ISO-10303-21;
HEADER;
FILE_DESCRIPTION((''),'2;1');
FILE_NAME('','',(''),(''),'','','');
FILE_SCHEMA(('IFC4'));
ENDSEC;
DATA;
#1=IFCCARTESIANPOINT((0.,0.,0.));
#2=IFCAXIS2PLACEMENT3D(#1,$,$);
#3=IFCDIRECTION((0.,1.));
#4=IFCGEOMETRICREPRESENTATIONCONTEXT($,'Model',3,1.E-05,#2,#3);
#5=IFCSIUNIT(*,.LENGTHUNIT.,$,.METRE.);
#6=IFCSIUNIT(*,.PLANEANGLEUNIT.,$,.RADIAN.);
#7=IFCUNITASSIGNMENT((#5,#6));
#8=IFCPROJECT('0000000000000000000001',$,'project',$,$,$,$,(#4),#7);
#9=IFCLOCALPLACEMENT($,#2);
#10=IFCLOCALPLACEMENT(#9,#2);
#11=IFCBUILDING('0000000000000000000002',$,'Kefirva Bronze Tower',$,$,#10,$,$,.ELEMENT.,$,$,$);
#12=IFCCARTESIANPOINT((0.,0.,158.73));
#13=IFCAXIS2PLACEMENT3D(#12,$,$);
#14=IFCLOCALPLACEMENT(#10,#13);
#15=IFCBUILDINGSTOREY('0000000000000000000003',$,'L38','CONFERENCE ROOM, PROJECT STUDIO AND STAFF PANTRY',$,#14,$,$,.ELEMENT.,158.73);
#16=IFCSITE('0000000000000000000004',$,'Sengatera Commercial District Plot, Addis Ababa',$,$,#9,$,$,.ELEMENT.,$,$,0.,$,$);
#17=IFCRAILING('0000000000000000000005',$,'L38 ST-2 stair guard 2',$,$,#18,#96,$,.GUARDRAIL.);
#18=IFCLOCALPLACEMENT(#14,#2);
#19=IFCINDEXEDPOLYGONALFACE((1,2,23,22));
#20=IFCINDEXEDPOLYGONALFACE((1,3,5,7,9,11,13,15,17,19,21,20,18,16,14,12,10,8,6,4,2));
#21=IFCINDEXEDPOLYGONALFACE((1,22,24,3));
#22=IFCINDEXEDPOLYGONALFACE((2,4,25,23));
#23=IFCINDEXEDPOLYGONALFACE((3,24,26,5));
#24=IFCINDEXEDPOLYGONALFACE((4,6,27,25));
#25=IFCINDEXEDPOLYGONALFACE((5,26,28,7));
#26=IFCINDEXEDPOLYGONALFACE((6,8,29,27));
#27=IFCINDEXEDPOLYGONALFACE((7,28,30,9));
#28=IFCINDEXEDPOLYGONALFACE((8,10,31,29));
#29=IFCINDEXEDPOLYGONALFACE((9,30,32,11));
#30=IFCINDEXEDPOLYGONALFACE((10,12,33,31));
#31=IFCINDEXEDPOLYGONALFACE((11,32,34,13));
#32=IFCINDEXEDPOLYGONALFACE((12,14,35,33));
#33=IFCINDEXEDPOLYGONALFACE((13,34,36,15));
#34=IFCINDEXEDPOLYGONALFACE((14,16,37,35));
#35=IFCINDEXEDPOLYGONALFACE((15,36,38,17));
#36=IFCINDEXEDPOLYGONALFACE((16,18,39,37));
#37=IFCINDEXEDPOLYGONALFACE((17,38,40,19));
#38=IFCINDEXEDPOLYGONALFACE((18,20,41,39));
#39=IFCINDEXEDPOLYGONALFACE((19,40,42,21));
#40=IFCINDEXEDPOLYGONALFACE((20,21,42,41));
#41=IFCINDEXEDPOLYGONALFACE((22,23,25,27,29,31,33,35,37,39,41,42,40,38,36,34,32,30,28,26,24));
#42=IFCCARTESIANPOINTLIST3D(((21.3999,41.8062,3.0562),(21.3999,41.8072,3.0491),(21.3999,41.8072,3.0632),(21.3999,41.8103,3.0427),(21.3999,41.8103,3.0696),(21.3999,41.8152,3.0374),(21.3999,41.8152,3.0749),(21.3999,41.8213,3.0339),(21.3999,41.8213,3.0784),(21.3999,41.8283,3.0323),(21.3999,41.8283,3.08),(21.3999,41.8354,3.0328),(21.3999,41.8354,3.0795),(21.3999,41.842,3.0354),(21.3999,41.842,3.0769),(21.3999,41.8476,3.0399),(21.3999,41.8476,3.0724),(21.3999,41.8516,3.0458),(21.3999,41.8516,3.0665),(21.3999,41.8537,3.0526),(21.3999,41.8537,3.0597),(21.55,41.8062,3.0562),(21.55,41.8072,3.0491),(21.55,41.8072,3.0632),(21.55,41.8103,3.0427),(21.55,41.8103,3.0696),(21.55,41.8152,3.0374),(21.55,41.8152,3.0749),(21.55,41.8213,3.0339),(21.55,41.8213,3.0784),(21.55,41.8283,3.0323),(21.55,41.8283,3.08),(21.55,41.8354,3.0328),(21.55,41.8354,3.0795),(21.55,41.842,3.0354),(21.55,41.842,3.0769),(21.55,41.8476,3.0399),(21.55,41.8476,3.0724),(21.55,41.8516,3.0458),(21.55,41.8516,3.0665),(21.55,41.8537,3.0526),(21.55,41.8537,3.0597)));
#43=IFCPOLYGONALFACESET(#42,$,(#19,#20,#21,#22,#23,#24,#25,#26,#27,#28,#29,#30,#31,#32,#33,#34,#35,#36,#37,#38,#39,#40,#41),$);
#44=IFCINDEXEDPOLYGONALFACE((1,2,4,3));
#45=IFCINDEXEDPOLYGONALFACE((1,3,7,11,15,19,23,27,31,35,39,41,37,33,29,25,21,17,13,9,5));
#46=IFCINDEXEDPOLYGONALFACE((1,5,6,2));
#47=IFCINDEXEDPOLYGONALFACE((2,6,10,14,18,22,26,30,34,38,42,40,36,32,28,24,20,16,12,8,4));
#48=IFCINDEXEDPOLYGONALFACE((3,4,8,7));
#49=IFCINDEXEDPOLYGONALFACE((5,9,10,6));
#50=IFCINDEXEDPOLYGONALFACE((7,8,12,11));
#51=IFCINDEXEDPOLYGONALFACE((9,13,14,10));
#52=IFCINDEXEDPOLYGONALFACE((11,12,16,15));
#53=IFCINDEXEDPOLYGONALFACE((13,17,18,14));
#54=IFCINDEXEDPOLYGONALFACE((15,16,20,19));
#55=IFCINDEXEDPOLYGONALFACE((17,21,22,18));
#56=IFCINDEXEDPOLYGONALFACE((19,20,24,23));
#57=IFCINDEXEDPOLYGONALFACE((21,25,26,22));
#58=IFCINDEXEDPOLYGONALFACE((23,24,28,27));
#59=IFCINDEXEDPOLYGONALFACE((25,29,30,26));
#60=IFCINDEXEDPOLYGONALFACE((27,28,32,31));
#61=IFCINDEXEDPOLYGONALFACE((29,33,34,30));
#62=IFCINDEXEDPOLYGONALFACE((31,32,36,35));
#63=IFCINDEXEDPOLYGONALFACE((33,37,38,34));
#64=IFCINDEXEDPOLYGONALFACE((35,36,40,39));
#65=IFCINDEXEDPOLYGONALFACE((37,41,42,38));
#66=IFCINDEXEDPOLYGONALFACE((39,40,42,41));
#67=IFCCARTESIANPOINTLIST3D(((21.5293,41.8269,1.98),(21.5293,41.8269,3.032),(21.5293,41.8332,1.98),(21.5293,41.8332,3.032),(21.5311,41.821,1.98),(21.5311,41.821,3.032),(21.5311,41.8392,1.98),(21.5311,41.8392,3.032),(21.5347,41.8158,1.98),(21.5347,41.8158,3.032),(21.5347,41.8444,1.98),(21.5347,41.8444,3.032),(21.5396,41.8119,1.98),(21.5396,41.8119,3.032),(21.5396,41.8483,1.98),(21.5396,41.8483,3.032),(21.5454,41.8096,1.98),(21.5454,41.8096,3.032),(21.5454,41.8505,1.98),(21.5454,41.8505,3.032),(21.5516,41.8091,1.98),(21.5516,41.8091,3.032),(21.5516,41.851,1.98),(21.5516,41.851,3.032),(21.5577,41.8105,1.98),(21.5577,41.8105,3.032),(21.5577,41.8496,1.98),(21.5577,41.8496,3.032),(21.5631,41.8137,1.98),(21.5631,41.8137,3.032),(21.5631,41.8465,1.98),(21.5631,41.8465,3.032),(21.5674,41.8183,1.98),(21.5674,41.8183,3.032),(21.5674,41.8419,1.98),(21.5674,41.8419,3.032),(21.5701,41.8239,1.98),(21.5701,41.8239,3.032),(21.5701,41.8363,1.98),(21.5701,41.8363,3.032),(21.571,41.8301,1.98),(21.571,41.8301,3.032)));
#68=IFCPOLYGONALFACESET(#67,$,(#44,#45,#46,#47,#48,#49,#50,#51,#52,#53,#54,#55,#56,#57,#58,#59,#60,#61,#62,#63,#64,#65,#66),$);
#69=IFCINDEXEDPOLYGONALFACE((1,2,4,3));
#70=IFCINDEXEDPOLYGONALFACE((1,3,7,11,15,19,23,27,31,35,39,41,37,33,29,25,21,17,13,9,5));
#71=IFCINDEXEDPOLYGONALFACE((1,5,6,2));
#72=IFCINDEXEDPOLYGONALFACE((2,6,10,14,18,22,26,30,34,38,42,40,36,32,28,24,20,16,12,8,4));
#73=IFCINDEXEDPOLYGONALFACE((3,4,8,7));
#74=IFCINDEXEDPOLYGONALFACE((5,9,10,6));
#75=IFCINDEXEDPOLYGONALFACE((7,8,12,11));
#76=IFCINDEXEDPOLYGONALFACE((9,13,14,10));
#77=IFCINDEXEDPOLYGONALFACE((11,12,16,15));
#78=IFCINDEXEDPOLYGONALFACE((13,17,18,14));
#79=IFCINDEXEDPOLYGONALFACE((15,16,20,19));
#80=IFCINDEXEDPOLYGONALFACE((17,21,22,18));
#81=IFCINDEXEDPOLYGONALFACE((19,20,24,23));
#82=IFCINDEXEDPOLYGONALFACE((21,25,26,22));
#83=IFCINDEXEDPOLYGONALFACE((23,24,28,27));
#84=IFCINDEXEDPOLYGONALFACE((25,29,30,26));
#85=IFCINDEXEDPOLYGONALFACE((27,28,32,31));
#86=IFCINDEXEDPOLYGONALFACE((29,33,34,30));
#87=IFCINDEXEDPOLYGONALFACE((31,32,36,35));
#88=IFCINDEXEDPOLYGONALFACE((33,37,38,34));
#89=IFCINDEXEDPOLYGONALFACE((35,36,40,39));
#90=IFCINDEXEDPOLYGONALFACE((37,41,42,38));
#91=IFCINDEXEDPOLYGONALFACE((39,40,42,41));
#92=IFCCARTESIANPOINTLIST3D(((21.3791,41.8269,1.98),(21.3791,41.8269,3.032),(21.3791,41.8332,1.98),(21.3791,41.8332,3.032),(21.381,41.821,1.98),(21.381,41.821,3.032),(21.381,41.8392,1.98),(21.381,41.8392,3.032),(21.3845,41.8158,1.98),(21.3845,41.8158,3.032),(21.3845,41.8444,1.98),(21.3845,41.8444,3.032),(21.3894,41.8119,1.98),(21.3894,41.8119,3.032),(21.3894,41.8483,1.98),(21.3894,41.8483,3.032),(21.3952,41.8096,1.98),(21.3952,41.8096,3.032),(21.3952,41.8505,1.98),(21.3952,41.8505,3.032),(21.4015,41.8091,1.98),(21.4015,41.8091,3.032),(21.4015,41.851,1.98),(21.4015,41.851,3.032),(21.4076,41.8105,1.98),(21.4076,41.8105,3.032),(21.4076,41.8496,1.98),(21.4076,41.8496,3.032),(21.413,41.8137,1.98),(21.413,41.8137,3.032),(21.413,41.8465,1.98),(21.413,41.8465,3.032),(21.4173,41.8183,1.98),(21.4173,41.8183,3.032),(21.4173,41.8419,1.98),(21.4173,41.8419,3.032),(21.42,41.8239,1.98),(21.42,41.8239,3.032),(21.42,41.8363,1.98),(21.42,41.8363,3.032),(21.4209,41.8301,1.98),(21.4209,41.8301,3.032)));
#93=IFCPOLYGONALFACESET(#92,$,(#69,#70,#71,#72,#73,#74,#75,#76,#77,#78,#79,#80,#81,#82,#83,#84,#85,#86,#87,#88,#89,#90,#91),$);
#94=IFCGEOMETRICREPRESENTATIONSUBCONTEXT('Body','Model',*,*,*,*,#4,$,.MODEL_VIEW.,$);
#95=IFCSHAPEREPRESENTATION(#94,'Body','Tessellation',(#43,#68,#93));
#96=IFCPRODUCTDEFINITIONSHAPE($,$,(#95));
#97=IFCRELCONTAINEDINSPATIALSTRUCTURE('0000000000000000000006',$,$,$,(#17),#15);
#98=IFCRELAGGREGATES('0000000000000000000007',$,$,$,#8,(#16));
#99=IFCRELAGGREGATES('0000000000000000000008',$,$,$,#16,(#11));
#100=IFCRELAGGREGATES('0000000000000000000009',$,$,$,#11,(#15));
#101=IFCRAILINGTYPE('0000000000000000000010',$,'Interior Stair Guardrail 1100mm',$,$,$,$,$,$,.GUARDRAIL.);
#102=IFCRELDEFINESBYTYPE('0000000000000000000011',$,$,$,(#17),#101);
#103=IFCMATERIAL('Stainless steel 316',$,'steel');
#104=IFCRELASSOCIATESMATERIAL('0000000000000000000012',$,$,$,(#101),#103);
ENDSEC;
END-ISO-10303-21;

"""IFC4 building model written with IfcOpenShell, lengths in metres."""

from ifc_helpers import new_model, si_unit, direction, frame, origin, origin_2d, place, context, subcontext, project, spatial, circle, extrude, material, type_object, element, save


model = new_model("IFC4")

# Units and contexts
model_context = context("Model", 3, precision=1e-05, world=origin(), true_north=direction((0.0, 1.0)))
body_context = subcontext(model_context, "Body", "Model", "MODEL_VIEW")
ifc_project = project(units=[si_unit("LENGTHUNIT", "METRE"), si_unit("PLANEANGLEUNIT", "RADIAN")], contexts=[model_context])

# Site, building, storey
site_placement = place(None, origin())
site = spatial("IfcSite", under=ifc_project, at=site_placement, Name="Sengatera Commercial District Plot, Addis Ababa", CompositionType="ELEMENT", RefElevation=0.0)
building_placement = place(site_placement, origin())
building = spatial("IfcBuilding", under=site, at=building_placement, Name="Kefirva Bronze Tower", CompositionType="ELEMENT")
storey_placement = place(building_placement, frame((0.0, 0.0, 158.73)))
storey = spatial("IfcBuildingStorey", under=building, at=storey_placement, Name="L38", Description="CONFERENCE ROOM, PROJECT STUDIO AND STAFF PANTRY", CompositionType="ELEMENT", Elevation=158.73)

# Railing
ifc_material_1 = material(Name="Stainless steel 316", Category="steel")
railing_type_1 = type_object("IfcRailingType", Name="Interior Stair Guardrail 1100mm", PredefinedType="GUARDRAIL", material=ifc_material_1)
railing_1_placement = place(storey_placement, frame((21.55, 41.8301, 1.98)))
element("IfcRailing", 1, at=railing_1_placement, inside=storey, type_object=railing_type_1, Name="L38 ST-2 stair guard 2", PredefinedType="GUARDRAIL", context=body_context, shape_type="SweptSolid", body=[
    extrude(circle(Radius=0.0239, at=origin_2d()), frame((0.0, 0.0, 1.0762), z_axis=(-1.0, 0.0, 0.0), x_axis=(0.0, -1.0, 0.0)), (0.0, 0.0, 1.0), 0.1501),
    extrude(circle(Radius=0.021, at=origin_2d()), origin(), (0.0, 0.0, 1.0), 1.052),
    extrude(circle(Radius=0.021, at=origin_2d()), frame((-0.1501, 0.0, 0.0)), (0.0, 0.0, 1.0), 1.052),
])

save(model, "model.ifc")
